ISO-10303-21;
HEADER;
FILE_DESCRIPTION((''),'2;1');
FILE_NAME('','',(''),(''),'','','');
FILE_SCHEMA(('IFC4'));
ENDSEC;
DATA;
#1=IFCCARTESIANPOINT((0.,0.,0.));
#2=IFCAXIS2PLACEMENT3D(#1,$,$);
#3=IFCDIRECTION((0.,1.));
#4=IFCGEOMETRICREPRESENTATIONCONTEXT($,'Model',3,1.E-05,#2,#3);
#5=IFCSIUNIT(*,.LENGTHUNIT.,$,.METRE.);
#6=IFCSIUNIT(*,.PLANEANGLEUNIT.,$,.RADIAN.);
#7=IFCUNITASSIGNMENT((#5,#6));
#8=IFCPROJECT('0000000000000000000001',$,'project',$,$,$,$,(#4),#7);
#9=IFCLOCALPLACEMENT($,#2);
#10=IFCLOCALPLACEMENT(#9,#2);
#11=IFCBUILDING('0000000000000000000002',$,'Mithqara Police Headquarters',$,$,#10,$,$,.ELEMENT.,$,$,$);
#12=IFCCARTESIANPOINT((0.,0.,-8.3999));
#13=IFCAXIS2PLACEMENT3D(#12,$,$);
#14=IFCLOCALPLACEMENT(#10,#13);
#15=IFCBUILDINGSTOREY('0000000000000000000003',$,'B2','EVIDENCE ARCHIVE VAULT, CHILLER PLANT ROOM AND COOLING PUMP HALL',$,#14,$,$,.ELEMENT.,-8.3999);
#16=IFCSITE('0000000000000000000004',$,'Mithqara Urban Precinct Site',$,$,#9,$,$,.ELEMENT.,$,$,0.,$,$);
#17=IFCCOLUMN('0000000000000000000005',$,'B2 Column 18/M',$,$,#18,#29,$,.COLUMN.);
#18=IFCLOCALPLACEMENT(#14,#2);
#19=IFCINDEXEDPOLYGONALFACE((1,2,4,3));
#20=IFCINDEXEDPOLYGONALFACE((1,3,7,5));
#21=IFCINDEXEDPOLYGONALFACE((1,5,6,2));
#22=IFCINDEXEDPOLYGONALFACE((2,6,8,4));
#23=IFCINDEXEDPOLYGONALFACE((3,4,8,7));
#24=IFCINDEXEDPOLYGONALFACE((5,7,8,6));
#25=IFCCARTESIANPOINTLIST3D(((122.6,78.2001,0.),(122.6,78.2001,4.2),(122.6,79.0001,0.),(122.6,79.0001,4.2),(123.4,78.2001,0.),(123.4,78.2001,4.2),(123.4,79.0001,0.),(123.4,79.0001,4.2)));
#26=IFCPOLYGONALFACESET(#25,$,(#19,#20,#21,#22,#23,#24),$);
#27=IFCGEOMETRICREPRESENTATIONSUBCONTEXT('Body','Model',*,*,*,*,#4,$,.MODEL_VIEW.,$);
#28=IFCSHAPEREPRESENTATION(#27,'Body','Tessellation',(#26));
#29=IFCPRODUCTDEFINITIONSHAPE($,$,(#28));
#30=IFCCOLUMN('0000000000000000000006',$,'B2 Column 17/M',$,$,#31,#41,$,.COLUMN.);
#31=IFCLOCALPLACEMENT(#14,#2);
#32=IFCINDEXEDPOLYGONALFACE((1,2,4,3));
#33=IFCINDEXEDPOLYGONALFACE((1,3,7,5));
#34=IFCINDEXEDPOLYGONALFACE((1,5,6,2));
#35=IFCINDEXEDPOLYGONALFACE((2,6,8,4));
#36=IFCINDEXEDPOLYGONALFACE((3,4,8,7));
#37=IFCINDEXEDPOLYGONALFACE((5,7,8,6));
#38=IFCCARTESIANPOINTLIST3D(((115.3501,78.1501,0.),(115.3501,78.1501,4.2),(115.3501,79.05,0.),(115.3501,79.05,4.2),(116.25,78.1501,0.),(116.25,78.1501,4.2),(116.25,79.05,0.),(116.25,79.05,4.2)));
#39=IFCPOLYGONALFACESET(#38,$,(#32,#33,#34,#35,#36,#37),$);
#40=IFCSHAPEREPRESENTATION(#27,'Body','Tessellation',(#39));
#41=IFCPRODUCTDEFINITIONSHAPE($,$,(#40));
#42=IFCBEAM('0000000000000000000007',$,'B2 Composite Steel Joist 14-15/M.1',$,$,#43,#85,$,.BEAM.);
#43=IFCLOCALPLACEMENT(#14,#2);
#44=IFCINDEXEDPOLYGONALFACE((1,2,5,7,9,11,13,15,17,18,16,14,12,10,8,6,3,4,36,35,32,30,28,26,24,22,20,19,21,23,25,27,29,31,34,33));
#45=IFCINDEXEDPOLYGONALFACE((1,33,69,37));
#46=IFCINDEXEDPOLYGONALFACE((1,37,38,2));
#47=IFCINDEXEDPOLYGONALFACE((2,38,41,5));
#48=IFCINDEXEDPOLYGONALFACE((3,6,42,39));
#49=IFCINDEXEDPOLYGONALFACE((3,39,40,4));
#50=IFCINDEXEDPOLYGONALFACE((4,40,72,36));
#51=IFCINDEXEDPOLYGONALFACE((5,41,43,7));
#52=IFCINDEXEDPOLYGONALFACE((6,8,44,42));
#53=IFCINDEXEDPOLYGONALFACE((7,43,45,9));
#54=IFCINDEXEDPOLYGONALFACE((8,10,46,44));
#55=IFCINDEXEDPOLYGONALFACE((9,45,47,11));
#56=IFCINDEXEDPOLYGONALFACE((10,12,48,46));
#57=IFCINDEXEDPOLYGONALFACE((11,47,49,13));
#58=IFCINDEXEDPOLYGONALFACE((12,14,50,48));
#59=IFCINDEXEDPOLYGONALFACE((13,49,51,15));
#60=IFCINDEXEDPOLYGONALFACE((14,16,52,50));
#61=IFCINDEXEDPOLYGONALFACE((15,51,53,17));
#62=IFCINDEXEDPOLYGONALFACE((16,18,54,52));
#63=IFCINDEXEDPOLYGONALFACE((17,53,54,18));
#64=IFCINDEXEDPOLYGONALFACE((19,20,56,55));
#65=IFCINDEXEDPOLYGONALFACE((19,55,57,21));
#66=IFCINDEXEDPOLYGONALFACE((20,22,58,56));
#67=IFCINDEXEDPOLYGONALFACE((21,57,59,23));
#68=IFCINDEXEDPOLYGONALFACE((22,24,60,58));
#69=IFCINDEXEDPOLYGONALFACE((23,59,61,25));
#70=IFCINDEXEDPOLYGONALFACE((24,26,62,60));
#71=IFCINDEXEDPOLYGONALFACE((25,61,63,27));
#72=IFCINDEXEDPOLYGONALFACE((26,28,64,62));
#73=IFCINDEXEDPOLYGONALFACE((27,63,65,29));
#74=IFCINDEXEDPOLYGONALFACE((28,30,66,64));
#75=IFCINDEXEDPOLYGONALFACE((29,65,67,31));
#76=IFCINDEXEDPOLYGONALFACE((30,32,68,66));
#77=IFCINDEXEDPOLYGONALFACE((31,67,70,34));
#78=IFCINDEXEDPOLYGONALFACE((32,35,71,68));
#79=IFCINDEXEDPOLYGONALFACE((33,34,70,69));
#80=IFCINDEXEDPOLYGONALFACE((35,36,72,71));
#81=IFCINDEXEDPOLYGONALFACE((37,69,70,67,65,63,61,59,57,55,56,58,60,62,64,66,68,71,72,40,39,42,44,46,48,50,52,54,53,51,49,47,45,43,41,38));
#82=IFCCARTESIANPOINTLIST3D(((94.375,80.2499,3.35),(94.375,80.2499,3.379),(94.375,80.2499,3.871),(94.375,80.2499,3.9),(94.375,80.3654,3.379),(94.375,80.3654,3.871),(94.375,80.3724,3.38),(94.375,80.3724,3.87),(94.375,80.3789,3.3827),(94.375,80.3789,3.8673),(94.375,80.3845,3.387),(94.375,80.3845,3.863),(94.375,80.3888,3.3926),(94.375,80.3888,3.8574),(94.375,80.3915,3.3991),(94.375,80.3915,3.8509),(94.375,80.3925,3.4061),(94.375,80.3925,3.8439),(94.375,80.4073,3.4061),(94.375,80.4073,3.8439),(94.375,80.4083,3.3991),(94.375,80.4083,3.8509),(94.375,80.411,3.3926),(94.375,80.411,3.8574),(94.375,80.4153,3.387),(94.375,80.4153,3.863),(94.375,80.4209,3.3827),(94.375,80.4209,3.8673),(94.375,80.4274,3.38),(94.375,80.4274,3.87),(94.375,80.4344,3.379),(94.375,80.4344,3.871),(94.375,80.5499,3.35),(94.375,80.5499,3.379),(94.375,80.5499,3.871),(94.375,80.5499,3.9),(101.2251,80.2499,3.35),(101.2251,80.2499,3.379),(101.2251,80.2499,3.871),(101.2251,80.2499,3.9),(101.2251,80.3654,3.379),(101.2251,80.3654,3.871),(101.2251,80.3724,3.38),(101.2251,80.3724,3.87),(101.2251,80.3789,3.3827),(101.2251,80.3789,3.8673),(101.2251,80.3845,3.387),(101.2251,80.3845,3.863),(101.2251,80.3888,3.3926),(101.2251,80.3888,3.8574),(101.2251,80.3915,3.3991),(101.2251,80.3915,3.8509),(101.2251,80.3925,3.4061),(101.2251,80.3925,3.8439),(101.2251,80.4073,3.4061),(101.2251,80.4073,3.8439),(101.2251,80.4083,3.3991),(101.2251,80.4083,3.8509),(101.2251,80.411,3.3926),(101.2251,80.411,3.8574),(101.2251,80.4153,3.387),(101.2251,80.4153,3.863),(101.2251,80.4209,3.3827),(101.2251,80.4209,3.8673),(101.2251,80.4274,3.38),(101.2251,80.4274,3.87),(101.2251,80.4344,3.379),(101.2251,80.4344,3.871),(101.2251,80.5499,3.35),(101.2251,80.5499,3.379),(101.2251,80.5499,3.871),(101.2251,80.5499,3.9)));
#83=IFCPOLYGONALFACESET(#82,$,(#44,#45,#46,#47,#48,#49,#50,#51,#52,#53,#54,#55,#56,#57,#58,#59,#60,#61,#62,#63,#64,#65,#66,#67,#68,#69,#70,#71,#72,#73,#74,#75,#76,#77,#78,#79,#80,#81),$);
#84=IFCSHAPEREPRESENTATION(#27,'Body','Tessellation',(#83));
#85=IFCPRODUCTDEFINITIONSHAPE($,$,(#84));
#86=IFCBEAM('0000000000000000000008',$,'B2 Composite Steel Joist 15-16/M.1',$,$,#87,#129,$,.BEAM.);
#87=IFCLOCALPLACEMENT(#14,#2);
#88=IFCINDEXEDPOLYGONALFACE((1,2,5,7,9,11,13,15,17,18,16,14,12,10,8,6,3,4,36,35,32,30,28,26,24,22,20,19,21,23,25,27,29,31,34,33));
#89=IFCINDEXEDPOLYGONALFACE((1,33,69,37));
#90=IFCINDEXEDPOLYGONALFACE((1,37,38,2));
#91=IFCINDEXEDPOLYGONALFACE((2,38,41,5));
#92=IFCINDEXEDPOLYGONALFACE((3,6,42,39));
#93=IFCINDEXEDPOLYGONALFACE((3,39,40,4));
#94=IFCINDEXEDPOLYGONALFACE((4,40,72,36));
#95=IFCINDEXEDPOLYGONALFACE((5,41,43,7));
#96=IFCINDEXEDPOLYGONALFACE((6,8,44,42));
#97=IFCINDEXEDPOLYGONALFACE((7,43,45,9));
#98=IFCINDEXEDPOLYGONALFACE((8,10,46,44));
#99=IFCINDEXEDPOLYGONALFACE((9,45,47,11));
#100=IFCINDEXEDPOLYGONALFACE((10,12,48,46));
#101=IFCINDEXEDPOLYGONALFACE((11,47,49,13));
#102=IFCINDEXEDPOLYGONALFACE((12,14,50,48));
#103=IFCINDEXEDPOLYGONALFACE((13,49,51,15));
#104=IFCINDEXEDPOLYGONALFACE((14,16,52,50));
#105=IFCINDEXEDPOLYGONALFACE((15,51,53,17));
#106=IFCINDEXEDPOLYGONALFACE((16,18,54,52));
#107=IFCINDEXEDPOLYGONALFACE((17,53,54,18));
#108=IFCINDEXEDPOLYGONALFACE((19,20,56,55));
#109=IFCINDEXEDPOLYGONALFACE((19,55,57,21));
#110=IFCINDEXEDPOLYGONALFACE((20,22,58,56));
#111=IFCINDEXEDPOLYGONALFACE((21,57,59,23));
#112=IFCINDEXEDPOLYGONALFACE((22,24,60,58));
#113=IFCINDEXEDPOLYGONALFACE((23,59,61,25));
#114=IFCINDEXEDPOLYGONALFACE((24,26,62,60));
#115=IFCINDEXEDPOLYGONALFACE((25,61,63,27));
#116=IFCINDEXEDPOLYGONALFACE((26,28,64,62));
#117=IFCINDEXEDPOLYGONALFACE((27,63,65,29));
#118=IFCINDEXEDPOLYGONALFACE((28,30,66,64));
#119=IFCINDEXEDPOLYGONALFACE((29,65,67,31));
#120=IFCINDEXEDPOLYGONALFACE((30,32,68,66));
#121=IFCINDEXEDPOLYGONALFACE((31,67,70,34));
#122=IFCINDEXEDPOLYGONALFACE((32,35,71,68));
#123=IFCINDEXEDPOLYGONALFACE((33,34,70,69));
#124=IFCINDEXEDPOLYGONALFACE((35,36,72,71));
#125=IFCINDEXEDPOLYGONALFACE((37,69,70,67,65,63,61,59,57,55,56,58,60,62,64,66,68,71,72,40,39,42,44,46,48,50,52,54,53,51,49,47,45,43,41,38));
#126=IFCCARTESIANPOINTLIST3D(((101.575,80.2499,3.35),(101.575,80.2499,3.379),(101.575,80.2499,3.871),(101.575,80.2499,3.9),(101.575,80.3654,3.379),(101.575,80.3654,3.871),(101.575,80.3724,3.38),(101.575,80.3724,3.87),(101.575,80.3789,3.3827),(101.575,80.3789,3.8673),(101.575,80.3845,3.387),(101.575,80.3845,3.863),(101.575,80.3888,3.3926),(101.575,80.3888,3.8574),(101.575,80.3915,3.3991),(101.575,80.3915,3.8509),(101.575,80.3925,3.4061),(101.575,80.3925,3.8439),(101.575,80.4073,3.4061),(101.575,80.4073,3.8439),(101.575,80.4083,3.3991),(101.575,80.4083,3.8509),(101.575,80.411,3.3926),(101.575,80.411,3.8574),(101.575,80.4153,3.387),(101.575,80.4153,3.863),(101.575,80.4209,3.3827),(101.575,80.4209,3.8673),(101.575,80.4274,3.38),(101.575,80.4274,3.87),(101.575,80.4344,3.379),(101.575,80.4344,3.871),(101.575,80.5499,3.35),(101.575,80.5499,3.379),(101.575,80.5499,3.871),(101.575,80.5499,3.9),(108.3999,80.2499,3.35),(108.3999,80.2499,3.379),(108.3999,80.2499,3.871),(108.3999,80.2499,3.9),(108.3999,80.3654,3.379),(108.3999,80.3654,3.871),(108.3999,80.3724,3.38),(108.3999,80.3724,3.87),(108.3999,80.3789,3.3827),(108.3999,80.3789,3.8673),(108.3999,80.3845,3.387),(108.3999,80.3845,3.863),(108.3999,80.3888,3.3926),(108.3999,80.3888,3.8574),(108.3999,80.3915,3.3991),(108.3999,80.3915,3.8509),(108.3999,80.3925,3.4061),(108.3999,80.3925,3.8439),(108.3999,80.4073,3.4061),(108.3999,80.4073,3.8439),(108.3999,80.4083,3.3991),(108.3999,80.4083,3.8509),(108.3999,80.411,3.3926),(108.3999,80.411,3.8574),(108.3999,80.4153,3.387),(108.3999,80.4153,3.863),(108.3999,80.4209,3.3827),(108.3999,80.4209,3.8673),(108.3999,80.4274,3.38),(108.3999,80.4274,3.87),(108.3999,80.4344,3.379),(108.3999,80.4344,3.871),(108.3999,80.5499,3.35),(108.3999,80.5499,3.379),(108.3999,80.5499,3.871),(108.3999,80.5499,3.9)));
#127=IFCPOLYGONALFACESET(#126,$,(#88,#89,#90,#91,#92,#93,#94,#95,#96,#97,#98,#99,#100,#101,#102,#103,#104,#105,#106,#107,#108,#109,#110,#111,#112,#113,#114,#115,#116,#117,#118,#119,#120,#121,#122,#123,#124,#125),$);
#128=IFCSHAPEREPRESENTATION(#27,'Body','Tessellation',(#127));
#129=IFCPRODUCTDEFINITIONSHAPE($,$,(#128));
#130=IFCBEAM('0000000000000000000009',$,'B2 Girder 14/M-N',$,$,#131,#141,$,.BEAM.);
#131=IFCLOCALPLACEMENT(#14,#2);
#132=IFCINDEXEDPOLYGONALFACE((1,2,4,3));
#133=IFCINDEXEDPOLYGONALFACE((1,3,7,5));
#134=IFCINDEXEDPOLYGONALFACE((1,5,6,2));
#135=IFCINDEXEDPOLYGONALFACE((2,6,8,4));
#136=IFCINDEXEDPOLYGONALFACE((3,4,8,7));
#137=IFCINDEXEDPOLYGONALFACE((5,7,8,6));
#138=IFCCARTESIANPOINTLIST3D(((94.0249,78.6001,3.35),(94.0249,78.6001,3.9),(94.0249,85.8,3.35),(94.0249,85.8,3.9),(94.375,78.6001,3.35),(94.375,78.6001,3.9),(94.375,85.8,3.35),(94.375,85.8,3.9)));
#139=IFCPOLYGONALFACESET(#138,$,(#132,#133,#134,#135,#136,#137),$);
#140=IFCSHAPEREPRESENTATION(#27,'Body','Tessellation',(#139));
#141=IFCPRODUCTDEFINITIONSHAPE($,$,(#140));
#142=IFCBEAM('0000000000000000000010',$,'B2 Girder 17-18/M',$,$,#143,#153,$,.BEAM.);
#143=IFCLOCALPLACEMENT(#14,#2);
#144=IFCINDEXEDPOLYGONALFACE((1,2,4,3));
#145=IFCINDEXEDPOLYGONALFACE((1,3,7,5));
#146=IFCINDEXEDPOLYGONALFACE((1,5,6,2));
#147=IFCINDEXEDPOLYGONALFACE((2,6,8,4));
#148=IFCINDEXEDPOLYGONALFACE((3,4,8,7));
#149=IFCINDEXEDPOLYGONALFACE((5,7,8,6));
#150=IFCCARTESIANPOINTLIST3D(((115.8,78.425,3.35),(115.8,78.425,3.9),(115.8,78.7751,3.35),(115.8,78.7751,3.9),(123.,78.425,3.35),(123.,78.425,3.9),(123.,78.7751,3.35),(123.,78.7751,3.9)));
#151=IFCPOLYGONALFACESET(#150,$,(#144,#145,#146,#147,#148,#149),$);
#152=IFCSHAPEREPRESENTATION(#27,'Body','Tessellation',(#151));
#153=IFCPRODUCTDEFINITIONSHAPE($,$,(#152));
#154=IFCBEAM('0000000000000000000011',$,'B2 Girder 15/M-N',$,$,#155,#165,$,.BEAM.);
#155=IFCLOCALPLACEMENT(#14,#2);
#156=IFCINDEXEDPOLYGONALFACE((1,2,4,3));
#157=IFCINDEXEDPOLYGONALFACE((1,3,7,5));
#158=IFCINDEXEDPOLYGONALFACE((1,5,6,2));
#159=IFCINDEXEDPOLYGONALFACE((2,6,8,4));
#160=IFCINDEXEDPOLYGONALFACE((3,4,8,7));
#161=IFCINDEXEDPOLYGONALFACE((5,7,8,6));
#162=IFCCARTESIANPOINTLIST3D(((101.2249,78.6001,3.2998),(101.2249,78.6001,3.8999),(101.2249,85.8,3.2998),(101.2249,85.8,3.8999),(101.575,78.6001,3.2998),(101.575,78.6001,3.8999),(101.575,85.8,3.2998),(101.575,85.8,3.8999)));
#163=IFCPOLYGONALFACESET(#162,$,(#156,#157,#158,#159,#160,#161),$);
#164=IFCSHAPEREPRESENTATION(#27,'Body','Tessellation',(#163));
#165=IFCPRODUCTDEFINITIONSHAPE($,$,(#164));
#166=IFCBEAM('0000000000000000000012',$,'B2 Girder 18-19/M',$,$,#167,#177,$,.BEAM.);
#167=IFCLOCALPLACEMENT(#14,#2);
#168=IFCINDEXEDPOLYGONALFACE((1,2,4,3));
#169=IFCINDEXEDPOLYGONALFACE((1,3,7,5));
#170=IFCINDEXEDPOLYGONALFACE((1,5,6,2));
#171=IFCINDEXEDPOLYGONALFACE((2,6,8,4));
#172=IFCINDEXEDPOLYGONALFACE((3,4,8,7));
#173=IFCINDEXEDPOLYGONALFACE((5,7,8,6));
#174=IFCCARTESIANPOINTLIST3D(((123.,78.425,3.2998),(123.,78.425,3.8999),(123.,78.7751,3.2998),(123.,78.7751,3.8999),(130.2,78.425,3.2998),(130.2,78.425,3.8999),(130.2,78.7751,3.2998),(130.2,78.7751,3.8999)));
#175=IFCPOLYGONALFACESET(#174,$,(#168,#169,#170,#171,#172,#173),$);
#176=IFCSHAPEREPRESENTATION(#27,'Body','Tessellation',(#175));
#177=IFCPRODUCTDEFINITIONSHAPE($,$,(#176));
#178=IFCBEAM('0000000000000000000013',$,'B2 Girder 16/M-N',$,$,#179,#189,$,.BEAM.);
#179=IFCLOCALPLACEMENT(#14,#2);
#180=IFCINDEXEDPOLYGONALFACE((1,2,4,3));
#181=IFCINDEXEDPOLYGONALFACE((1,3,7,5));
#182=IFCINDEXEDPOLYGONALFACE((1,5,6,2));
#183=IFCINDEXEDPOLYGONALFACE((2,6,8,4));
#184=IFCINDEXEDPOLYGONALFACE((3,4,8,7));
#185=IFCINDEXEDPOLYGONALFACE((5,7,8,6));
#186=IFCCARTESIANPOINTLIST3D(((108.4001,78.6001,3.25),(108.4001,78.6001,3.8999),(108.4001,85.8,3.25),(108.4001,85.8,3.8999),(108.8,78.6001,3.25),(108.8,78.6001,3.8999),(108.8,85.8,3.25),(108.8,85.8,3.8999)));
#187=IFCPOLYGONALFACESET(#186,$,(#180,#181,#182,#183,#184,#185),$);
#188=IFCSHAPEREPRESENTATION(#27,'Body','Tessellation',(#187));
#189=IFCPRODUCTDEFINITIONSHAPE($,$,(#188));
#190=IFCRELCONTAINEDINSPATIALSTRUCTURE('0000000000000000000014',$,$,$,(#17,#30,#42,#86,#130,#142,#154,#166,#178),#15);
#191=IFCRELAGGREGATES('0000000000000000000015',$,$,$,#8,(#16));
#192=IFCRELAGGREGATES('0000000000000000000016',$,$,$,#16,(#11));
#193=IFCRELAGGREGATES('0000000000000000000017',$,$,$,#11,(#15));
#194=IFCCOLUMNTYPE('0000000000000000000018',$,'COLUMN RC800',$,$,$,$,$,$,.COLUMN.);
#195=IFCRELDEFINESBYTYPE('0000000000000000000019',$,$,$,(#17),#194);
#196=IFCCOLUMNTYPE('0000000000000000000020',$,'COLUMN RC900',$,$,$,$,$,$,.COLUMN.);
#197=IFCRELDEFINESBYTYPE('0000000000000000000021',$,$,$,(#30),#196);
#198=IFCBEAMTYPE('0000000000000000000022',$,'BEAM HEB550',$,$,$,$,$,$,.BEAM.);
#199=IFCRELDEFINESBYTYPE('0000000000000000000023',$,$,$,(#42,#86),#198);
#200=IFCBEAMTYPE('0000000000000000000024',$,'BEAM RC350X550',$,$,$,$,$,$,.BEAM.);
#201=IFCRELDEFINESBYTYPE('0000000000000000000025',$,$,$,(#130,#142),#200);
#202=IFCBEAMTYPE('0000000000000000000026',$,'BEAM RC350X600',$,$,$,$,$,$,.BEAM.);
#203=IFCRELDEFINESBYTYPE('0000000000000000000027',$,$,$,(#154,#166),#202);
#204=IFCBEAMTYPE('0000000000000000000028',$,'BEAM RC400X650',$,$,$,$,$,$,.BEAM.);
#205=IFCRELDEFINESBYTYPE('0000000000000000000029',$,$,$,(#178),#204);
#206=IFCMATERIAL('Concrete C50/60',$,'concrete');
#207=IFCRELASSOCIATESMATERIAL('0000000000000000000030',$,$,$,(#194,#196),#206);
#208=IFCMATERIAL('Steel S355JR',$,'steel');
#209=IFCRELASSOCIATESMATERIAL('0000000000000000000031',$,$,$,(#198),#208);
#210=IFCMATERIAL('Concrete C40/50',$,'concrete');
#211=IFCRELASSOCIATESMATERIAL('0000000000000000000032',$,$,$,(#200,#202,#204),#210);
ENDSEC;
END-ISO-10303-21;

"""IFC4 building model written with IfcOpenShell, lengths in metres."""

from ifc_helpers import new_model, si_unit, direction, frame, origin, origin_2d, place, context, subcontext, project, spatial, rectangle, i_section, extrude, material, material_profile, profile_set, type_object, element, save


model = new_model("IFC4")

# Units and contexts
model_context = context("Model", 3, precision=1e-05, world=origin(), true_north=direction((0.0, 1.0)))
body_context = subcontext(model_context, "Body", "Model", "MODEL_VIEW")
ifc_project = project(units=[si_unit("LENGTHUNIT", "METRE"), si_unit("PLANEANGLEUNIT", "RADIAN")], contexts=[model_context])

# Site, building, storey
site_placement = place(None, origin())
site = spatial("IfcSite", under=ifc_project, at=site_placement, Name="Mithqara Urban Precinct Site", CompositionType="ELEMENT", RefElevation=0.0)
building_placement = place(site_placement, origin())
building = spatial("IfcBuilding", under=site, at=building_placement, Name="Mithqara Police Headquarters", CompositionType="ELEMENT")
storey_placement = place(building_placement, frame((0.0, 0.0, -8.3999)))
storey = spatial("IfcBuildingStorey", under=building, at=storey_placement, Name="B2", Description="EVIDENCE ARCHIVE VAULT, CHILLER PLANT ROOM AND COOLING PUMP HALL", CompositionType="ELEMENT", Elevation=-8.3999)

# Shared definitions
ifc_material_1 = material(Name="Concrete C40/50", Category="concrete")

# Columns
ifc_material_2 = material(Name="Concrete C50/60", Category="concrete")
ifc_material_profile_1 = material_profile(ifc_material_2, rectangle(XDim=0.8, YDim=0.8, at=origin_2d()), Name="RC 800x800")
ifc_profile_set_1 = profile_set([ifc_material_profile_1], Name="Concrete C50/60")
column_type_1 = type_object("IfcColumnType", Name="COLUMN RC800", PredefinedType="COLUMN", material=ifc_profile_set_1)
for number, where, z_axis, x_axis, name in (
    (1, (123.0, 78.6001, 0.0), (0.0, 0.0, 1.0), (1.0, 0.0, 0.0), "B2 Column 18/M"),
):
    element("IfcColumn", number, at=place(storey_placement, frame(where, z_axis=z_axis, x_axis=x_axis)), inside=storey, type_object=column_type_1, Name=name, PredefinedType="COLUMN", context=body_context, shape_type="SweptSolid", body=[
        extrude(rectangle(XDim=0.8, YDim=0.8, at=origin_2d()), origin(), (0.0, 0.0, 1.0), 4.2),
    ])
ifc_material_profile_2 = material_profile(ifc_material_2, rectangle(XDim=0.8999, YDim=0.8999, at=origin_2d()), Name="RC 900x900")
ifc_profile_set_2 = profile_set([ifc_material_profile_2], Name="Concrete C50/60")
column_type_2 = type_object("IfcColumnType", Name="COLUMN RC900", PredefinedType="COLUMN", material=ifc_profile_set_2)
column_1_placement = place(storey_placement, frame((115.8, 78.6001, 0.0), z_axis=(0.0, 0.0, 1.0), x_axis=(1.0, 0.0, 0.0)))
element("IfcColumn", 2, at=column_1_placement, inside=storey, type_object=column_type_2, Name="B2 Column 17/M", PredefinedType="COLUMN", context=body_context, shape_type="SweptSolid", body=[
    extrude(rectangle(XDim=0.8999, YDim=0.8999, at=origin_2d()), origin(), (0.0, 0.0, 1.0), 4.2),
])

# Beams
ifc_material_3 = material(Name="Steel S355JR", Category="steel")
ifc_material_profile_3 = material_profile(ifc_material_3, i_section(OverallWidth=0.3, OverallDepth=0.55, WebThickness=0.0149, FlangeThickness=0.0291, FilletRadius=0.0271, at=origin_2d()), Name="HEB 550")
ifc_profile_set_3 = profile_set([ifc_material_profile_3], Name="Steel S355JR")
beam_type_1 = type_object("IfcBeamType", Name="BEAM HEB550", PredefinedType="BEAM", material=ifc_profile_set_3)
beam_1_placement = place(storey_placement, frame((94.375, 80.3999, 3.625), z_axis=(1.0, 0.0, 0.0), x_axis=(0.0, 1.0, 0.0)))
element("IfcBeam", 3, at=beam_1_placement, inside=storey, type_object=beam_type_1, Name="B2 Composite Steel Joist 14-15/M.1", PredefinedType="BEAM", context=body_context, shape_type="SweptSolid", body=[
    extrude(i_section(OverallWidth=0.3, OverallDepth=0.55, WebThickness=0.0149, FlangeThickness=0.0291, FilletRadius=0.0271, at=origin_2d()), origin(), (0.0, 0.0, 1.0), 6.8501),
])
beam_2_placement = place(storey_placement, frame((101.575, 80.3999, 3.625), z_axis=(1.0, 0.0, 0.0), x_axis=(0.0, 1.0, 0.0)))
element("IfcBeam", 4, at=beam_2_placement, inside=storey, type_object=beam_type_1, Name="B2 Composite Steel Joist 15-16/M.1", PredefinedType="BEAM", context=body_context, shape_type="SweptSolid", body=[
    extrude(i_section(OverallWidth=0.3, OverallDepth=0.55, WebThickness=0.0149, FlangeThickness=0.0291, FilletRadius=0.0271, at=origin_2d()), origin(), (0.0, 0.0, 1.0), 6.825),
])
ifc_material_profile_4 = material_profile(ifc_material_1, rectangle(XDim=0.3501, YDim=0.55, at=origin_2d()), Name="RC 350x550")
ifc_profile_set_4 = profile_set([ifc_material_profile_4], Name="Concrete C40/50")
beam_type_2 = type_object("IfcBeamType", Name="BEAM RC350X550", PredefinedType="BEAM", material=ifc_profile_set_4)
for number, where, z_axis, x_axis, name in (
    (5, (94.2, 78.6001, 3.625), (0.0, 1.0, 0.0), (-1.0, 0.0, 0.0), "B2 Girder 14/M-N"),
    (6, (115.8, 78.6001, 3.625), (1.0, 0.0, 0.0), (0.0, 1.0, 0.0), "B2 Girder 17-18/M"),
):
    element("IfcBeam", number, at=place(storey_placement, frame(where, z_axis=z_axis, x_axis=x_axis)), inside=storey, type_object=beam_type_2, Name=name, PredefinedType="BEAM", context=body_context, shape_type="SweptSolid", body=[
        extrude(rectangle(XDim=0.3501, YDim=0.55, at=origin_2d()), origin(), (0.0, 0.0, 1.0), 7.2),
    ])
ifc_material_profile_5 = material_profile(ifc_material_1, rectangle(XDim=0.3501, YDim=0.6001, at=origin_2d()), Name="RC 350x600")
ifc_profile_set_5 = profile_set([ifc_material_profile_5], Name="Concrete C40/50")
beam_type_3 = type_object("IfcBeamType", Name="BEAM RC350X600", PredefinedType="BEAM", material=ifc_profile_set_5)
for number, where, z_axis, x_axis, name in (
    (7, (101.3999, 78.6001, 3.5999), (0.0, 1.0, 0.0), (-1.0, 0.0, 0.0), "B2 Girder 15/M-N"),
    (8, (123.0, 78.6001, 3.5999), (1.0, 0.0, 0.0), (0.0, 1.0, 0.0), "B2 Girder 18-19/M"),
):
    element("IfcBeam", number, at=place(storey_placement, frame(where, z_axis=z_axis, x_axis=x_axis)), inside=storey, type_object=beam_type_3, Name=name, PredefinedType="BEAM", context=body_context, shape_type="SweptSolid", body=[
        extrude(rectangle(XDim=0.3501, YDim=0.6001, at=origin_2d()), origin(), (0.0, 0.0, 1.0), 7.2),
    ])
ifc_material_profile_6 = material_profile(ifc_material_1, rectangle(XDim=0.3999, YDim=0.6499, at=origin_2d()), Name="RC 400x650")
ifc_profile_set_6 = profile_set([ifc_material_profile_6], Name="Concrete C40/50")
beam_type_4 = type_object("IfcBeamType", Name="BEAM RC400X650", PredefinedType="BEAM", material=ifc_profile_set_6)
beam_3_placement = place(storey_placement, frame((108.6001, 78.6001, 3.575), z_axis=(0.0, 1.0, 0.0), x_axis=(-1.0, 0.0, 0.0)))
element("IfcBeam", 9, at=beam_3_placement, inside=storey, type_object=beam_type_4, Name="B2 Girder 16/M-N", PredefinedType="BEAM", context=body_context, shape_type="SweptSolid", body=[
    extrude(rectangle(XDim=0.3999, YDim=0.6499, at=origin_2d()), origin(), (0.0, 0.0, 1.0), 7.2),
])

save(model, "model.ifc")
